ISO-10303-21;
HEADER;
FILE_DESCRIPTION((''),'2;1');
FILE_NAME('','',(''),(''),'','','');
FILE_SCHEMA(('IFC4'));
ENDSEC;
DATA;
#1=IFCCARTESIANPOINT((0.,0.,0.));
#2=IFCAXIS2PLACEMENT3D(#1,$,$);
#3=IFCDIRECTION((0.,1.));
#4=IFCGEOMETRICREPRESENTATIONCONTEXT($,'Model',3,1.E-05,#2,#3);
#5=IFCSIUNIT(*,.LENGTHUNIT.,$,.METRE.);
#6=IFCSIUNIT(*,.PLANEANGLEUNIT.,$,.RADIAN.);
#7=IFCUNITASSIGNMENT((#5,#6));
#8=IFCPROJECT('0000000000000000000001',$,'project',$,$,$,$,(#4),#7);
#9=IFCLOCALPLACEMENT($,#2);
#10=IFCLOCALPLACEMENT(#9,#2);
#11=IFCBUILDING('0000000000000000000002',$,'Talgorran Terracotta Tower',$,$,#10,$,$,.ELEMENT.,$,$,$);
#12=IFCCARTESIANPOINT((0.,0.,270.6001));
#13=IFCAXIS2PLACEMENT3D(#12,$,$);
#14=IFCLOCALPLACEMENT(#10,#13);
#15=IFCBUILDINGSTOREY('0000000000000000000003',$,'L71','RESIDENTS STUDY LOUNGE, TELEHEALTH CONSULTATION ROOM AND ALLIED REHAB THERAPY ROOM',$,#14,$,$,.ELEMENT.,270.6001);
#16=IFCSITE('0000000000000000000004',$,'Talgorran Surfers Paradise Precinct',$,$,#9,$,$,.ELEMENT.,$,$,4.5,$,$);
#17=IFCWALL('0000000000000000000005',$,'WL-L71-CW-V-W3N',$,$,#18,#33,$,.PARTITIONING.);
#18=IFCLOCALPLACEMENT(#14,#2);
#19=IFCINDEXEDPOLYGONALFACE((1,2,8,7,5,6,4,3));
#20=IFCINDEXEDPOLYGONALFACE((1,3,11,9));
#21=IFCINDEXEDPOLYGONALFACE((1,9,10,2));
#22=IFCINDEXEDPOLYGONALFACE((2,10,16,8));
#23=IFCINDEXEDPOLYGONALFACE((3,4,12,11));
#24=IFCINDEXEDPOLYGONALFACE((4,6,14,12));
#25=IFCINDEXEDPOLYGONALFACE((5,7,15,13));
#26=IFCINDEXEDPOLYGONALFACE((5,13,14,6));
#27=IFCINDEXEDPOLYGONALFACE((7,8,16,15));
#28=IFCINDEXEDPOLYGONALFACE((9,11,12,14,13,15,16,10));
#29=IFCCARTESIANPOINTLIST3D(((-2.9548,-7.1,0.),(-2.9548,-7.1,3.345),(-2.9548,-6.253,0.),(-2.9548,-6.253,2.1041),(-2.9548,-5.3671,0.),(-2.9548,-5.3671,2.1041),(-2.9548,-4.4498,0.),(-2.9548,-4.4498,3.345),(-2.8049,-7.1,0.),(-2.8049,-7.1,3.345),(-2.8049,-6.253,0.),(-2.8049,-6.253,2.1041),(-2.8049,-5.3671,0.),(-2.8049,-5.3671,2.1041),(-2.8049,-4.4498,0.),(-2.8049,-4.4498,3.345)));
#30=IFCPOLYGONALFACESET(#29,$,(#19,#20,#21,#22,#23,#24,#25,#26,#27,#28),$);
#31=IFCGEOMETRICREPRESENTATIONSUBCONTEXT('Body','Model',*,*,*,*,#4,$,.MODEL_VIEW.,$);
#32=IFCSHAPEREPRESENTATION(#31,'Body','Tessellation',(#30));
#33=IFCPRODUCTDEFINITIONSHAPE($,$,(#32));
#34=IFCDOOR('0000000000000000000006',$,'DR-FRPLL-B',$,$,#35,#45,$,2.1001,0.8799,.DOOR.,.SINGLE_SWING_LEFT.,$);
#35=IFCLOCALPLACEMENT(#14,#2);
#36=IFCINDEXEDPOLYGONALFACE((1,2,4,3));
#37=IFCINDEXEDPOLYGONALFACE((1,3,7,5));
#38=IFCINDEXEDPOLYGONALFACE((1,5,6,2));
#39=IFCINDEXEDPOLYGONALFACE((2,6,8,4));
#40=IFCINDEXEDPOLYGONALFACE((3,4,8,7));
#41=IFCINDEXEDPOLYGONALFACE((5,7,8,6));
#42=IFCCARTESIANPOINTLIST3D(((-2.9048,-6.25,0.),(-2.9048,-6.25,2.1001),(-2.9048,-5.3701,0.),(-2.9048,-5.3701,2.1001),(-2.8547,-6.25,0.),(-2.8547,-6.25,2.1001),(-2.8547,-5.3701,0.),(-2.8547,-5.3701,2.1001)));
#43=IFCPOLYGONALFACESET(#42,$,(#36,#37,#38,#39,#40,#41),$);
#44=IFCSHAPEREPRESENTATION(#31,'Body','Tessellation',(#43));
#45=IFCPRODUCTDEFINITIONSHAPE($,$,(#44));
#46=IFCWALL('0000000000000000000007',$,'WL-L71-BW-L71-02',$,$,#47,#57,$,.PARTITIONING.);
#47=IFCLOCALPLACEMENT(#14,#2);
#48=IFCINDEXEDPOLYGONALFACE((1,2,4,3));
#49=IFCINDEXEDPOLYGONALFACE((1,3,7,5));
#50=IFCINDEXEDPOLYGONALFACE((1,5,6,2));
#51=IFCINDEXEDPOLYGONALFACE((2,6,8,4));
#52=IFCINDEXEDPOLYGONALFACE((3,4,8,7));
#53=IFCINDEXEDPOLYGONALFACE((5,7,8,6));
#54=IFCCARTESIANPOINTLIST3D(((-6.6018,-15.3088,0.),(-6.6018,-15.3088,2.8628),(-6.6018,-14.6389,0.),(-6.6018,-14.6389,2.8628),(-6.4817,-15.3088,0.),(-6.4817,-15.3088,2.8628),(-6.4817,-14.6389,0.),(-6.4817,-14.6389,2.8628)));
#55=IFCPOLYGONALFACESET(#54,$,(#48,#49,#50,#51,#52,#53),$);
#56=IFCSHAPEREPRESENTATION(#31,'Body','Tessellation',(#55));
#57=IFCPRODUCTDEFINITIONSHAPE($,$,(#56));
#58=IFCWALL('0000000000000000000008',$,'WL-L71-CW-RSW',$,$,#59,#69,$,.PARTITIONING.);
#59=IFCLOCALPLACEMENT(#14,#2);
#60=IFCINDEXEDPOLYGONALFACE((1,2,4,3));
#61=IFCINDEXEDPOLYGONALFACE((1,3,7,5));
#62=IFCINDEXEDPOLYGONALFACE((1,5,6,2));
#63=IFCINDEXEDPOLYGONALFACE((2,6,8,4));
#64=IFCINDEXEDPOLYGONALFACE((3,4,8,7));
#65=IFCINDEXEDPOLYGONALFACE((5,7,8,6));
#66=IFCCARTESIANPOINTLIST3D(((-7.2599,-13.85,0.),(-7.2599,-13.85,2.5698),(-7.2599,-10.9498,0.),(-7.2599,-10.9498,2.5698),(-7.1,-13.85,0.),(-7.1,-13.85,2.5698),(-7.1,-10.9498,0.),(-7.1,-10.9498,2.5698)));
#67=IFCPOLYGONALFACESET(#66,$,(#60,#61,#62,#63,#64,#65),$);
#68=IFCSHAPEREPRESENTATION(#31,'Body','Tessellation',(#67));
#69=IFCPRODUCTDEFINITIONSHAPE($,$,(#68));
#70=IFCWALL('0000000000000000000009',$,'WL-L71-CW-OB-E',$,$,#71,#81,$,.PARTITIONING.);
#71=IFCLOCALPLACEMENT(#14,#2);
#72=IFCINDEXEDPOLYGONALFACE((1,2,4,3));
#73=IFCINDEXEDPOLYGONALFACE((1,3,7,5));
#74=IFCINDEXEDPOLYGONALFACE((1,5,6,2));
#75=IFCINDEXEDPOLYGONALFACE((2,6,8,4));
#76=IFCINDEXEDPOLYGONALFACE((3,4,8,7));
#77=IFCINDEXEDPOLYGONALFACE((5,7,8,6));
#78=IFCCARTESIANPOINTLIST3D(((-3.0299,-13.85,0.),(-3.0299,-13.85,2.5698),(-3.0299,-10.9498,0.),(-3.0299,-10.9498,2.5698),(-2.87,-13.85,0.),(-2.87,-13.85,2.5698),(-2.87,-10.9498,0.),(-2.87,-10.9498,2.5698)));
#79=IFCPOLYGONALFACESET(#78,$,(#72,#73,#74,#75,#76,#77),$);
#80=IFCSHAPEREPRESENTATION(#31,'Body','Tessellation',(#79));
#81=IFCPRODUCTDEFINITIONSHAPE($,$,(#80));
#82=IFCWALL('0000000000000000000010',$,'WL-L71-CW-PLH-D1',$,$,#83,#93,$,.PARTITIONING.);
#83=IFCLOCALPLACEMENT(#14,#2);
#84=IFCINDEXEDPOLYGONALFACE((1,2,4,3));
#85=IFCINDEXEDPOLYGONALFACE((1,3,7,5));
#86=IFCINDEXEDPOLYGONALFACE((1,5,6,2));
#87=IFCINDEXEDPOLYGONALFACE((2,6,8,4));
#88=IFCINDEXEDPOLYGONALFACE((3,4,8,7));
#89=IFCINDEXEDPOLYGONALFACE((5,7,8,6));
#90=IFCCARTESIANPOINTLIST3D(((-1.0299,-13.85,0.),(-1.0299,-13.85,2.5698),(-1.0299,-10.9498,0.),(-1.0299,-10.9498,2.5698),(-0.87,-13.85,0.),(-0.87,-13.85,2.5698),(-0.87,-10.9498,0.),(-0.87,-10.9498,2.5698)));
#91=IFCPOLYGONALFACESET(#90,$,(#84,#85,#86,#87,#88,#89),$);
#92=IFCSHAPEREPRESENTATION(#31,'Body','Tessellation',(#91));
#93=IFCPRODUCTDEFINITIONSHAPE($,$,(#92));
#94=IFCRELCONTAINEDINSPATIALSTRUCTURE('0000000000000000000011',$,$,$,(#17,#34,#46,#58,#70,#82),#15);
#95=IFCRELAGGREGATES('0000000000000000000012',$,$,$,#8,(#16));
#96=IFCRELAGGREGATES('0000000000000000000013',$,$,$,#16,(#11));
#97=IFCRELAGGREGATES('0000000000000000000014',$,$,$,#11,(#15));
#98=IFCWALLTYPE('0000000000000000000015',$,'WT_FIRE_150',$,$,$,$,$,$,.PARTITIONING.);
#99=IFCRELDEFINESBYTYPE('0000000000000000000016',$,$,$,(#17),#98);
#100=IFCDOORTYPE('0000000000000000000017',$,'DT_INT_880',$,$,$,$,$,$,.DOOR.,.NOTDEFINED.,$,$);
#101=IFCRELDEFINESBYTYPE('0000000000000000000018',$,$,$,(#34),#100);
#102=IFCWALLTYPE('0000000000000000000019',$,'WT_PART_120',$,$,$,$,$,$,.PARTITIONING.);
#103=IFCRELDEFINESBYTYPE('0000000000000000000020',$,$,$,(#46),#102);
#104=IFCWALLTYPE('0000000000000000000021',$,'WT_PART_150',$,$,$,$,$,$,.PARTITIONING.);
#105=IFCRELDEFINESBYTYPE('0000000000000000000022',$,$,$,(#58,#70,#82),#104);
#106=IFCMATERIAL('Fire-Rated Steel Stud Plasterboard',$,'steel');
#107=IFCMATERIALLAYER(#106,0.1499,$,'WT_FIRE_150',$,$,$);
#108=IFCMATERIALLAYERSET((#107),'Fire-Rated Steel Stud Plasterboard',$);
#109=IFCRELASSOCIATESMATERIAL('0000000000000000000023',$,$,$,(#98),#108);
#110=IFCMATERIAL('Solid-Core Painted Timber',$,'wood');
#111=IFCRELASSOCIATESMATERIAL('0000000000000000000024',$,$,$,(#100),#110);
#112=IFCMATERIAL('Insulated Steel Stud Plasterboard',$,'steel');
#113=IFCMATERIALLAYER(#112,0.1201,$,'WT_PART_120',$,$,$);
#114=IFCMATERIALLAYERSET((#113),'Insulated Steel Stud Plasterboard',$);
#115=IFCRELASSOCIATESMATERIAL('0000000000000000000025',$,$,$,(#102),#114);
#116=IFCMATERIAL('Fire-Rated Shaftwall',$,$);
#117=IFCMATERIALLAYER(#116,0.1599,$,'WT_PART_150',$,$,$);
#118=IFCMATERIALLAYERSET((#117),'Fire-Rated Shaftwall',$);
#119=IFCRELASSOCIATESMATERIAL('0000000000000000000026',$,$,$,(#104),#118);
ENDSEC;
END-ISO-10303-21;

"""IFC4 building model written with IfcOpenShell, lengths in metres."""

from ifc_helpers import new_model, si_unit, direction, frame, frame_2d, origin, place, context, subcontext, project, spatial, rectangle, extrude, material, layer, layer_set, type_object, element, fill, save


model = new_model("IFC4")

# Units and contexts
model_context = context("Model", 3, precision=1e-05, world=origin(), true_north=direction((0.0, 1.0)))
body_context = subcontext(model_context, "Body", "Model", "MODEL_VIEW")
ifc_project = project(units=[si_unit("LENGTHUNIT", "METRE"), si_unit("PLANEANGLEUNIT", "RADIAN")], contexts=[model_context])

# Site, building, storey
site_placement = place(None, origin())
site = spatial("IfcSite", under=ifc_project, at=site_placement, Name="Talgorran Surfers Paradise Precinct", CompositionType="ELEMENT", RefElevation=4.5)
building_placement = place(site_placement, origin())
building = spatial("IfcBuilding", under=site, at=building_placement, Name="Talgorran Terracotta Tower", CompositionType="ELEMENT")
storey_placement = place(building_placement, frame((0.0, 0.0, 270.6001)))
storey = spatial("IfcBuildingStorey", under=building, at=storey_placement, Name="L71", Description="RESIDENTS STUDY LOUNGE, TELEHEALTH CONSULTATION ROOM AND ALLIED REHAB THERAPY ROOM", CompositionType="ELEMENT", Elevation=270.6001)

# Shared definitions
ifc_material_1 = material(Name="Fire-Rated Steel Stud Plasterboard", Category="steel")
ifc_layer_1 = layer(ifc_material_1, 0.1499, Name="WT_FIRE_150")
ifc_layer_set_1 = layer_set([ifc_layer_1], Name="Fire-Rated Steel Stud Plasterboard")
wall_type_1 = type_object("IfcWallType", Name="WT_FIRE_150", PredefinedType="PARTITIONING", material=ifc_layer_set_1)

# Wall, opening, door
wall_1_placement = place(storey_placement, frame((-2.8799, -7.1001, 0.0), z_axis=(0.0, 0.0, 1.0), x_axis=(0.0, 1.0, 0.0)))
wall_1 = element("IfcWall", 1, at=wall_1_placement, inside=storey, type_object=wall_type_1, Name="WL-L71-CW-V-W3N", PredefinedType="PARTITIONING", context=body_context, shape_type="SweptSolid", body=[
    extrude(rectangle(XDim=2.6501, YDim=0.1499, at=frame_2d((1.3252, 0.0))), origin(), (0.0, 0.0, 1.0), 3.345),
])
opening_1_placement = place(wall_1_placement, frame((0.8501, 0.0, 0.0)))
opening_1 = element("IfcOpeningElement", 2, at=opening_1_placement, cuts=wall_1, PredefinedType="OPENING", context=body_context, shape_type="SweptSolid", body=[
    extrude(rectangle(XDim=0.8859, YDim=2.1041, at=frame_2d((0.4399, 1.052))), frame((0.0, 0.085, 0.0), z_axis=(0.0, -1.0, 0.0), x_axis=(1.0, 0.0, 0.0)), (0.0, 0.0, 1.0), 0.1699),
])
ifc_material_2 = material(Name="Solid-Core Painted Timber", Category="wood")
door_type_1 = type_object("IfcDoorType", Name="DT_INT_880", OperationType="NOTDEFINED", PredefinedType="DOOR", material=ifc_material_2)
door_1_placement = place(opening_1_placement, origin())
door_1 = element("IfcDoor", 3, at=door_1_placement, inside=storey, type_object=door_type_1, Name="DR-FRPLL-B", OperationType="SINGLE_SWING_LEFT", OverallHeight=2.1001, OverallWidth=0.8799, PredefinedType="DOOR", context=body_context, shape_type="SweptSolid", body=[
    extrude(rectangle(XDim=0.8799, YDim=2.1001, at=frame_2d((0.4399, 1.05))), frame((0.0, 0.0249, 0.0), z_axis=(0.0, -1.0, 0.0), x_axis=(1.0, 0.0, 0.0)), (0.0, 0.0, 1.0), 0.05),
])
fill(opening_1, door_1)

# Walls
ifc_material_3 = material(Name="Insulated Steel Stud Plasterboard", Category="steel")
ifc_layer_2 = layer(ifc_material_3, 0.1201, Name="WT_PART_120")
ifc_layer_set_2 = layer_set([ifc_layer_2], Name="Insulated Steel Stud Plasterboard")
wall_type_2 = type_object("IfcWallType", Name="WT_PART_120", PredefinedType="PARTITIONING", material=ifc_layer_set_2)
wall_2_placement = place(storey_placement, frame((-6.5417, -14.6389, 0.0), z_axis=(0.0, 0.0, 1.0), x_axis=(0.0, -1.0, 0.0)))
element("IfcWall", 4, at=wall_2_placement, inside=storey, type_object=wall_type_2, Name="WL-L71-BW-L71-02", PredefinedType="PARTITIONING", context=body_context, shape_type="SweptSolid", body=[
    extrude(rectangle(XDim=0.6699, YDim=0.1201, at=frame_2d((0.335, 0.0))), origin(), (0.0, 0.0, 1.0), 2.8628),
])
ifc_material_4 = material(Name="Fire-Rated Shaftwall")
ifc_layer_3 = layer(ifc_material_4, 0.1599, Name="WT_PART_150")
ifc_layer_set_3 = layer_set([ifc_layer_3], Name="Fire-Rated Shaftwall")
wall_type_3 = type_object("IfcWallType", Name="WT_PART_150", PredefinedType="PARTITIONING", material=ifc_layer_set_3)
for number, where, z_axis, x_axis, name in (
    (5, (-7.1799, -13.8501, 0.0), (0.0, 0.0, 1.0), (0.0, 1.0, 0.0), "WL-L71-CW-RSW"),
    (6, (-2.95, -13.8501, 0.0), (0.0, 0.0, 1.0), (0.0, 1.0, 0.0), "WL-L71-CW-OB-E"),
    (7, (-0.95, -13.8501, 0.0), (0.0, 0.0, 1.0), (0.0, 1.0, 0.0), "WL-L71-CW-PLH-D1"),
):
    element("IfcWall", number, at=place(storey_placement, frame(where, z_axis=z_axis, x_axis=x_axis)), inside=storey, type_object=wall_type_3, Name=name, PredefinedType="PARTITIONING", context=body_context, shape_type="SweptSolid", body=[
        extrude(rectangle(XDim=2.9001, YDim=0.1599, at=frame_2d((1.4502, 0.0))), origin(), (0.0, 0.0, 1.0), 2.5698),
    ])

save(model, "model.ifc")
